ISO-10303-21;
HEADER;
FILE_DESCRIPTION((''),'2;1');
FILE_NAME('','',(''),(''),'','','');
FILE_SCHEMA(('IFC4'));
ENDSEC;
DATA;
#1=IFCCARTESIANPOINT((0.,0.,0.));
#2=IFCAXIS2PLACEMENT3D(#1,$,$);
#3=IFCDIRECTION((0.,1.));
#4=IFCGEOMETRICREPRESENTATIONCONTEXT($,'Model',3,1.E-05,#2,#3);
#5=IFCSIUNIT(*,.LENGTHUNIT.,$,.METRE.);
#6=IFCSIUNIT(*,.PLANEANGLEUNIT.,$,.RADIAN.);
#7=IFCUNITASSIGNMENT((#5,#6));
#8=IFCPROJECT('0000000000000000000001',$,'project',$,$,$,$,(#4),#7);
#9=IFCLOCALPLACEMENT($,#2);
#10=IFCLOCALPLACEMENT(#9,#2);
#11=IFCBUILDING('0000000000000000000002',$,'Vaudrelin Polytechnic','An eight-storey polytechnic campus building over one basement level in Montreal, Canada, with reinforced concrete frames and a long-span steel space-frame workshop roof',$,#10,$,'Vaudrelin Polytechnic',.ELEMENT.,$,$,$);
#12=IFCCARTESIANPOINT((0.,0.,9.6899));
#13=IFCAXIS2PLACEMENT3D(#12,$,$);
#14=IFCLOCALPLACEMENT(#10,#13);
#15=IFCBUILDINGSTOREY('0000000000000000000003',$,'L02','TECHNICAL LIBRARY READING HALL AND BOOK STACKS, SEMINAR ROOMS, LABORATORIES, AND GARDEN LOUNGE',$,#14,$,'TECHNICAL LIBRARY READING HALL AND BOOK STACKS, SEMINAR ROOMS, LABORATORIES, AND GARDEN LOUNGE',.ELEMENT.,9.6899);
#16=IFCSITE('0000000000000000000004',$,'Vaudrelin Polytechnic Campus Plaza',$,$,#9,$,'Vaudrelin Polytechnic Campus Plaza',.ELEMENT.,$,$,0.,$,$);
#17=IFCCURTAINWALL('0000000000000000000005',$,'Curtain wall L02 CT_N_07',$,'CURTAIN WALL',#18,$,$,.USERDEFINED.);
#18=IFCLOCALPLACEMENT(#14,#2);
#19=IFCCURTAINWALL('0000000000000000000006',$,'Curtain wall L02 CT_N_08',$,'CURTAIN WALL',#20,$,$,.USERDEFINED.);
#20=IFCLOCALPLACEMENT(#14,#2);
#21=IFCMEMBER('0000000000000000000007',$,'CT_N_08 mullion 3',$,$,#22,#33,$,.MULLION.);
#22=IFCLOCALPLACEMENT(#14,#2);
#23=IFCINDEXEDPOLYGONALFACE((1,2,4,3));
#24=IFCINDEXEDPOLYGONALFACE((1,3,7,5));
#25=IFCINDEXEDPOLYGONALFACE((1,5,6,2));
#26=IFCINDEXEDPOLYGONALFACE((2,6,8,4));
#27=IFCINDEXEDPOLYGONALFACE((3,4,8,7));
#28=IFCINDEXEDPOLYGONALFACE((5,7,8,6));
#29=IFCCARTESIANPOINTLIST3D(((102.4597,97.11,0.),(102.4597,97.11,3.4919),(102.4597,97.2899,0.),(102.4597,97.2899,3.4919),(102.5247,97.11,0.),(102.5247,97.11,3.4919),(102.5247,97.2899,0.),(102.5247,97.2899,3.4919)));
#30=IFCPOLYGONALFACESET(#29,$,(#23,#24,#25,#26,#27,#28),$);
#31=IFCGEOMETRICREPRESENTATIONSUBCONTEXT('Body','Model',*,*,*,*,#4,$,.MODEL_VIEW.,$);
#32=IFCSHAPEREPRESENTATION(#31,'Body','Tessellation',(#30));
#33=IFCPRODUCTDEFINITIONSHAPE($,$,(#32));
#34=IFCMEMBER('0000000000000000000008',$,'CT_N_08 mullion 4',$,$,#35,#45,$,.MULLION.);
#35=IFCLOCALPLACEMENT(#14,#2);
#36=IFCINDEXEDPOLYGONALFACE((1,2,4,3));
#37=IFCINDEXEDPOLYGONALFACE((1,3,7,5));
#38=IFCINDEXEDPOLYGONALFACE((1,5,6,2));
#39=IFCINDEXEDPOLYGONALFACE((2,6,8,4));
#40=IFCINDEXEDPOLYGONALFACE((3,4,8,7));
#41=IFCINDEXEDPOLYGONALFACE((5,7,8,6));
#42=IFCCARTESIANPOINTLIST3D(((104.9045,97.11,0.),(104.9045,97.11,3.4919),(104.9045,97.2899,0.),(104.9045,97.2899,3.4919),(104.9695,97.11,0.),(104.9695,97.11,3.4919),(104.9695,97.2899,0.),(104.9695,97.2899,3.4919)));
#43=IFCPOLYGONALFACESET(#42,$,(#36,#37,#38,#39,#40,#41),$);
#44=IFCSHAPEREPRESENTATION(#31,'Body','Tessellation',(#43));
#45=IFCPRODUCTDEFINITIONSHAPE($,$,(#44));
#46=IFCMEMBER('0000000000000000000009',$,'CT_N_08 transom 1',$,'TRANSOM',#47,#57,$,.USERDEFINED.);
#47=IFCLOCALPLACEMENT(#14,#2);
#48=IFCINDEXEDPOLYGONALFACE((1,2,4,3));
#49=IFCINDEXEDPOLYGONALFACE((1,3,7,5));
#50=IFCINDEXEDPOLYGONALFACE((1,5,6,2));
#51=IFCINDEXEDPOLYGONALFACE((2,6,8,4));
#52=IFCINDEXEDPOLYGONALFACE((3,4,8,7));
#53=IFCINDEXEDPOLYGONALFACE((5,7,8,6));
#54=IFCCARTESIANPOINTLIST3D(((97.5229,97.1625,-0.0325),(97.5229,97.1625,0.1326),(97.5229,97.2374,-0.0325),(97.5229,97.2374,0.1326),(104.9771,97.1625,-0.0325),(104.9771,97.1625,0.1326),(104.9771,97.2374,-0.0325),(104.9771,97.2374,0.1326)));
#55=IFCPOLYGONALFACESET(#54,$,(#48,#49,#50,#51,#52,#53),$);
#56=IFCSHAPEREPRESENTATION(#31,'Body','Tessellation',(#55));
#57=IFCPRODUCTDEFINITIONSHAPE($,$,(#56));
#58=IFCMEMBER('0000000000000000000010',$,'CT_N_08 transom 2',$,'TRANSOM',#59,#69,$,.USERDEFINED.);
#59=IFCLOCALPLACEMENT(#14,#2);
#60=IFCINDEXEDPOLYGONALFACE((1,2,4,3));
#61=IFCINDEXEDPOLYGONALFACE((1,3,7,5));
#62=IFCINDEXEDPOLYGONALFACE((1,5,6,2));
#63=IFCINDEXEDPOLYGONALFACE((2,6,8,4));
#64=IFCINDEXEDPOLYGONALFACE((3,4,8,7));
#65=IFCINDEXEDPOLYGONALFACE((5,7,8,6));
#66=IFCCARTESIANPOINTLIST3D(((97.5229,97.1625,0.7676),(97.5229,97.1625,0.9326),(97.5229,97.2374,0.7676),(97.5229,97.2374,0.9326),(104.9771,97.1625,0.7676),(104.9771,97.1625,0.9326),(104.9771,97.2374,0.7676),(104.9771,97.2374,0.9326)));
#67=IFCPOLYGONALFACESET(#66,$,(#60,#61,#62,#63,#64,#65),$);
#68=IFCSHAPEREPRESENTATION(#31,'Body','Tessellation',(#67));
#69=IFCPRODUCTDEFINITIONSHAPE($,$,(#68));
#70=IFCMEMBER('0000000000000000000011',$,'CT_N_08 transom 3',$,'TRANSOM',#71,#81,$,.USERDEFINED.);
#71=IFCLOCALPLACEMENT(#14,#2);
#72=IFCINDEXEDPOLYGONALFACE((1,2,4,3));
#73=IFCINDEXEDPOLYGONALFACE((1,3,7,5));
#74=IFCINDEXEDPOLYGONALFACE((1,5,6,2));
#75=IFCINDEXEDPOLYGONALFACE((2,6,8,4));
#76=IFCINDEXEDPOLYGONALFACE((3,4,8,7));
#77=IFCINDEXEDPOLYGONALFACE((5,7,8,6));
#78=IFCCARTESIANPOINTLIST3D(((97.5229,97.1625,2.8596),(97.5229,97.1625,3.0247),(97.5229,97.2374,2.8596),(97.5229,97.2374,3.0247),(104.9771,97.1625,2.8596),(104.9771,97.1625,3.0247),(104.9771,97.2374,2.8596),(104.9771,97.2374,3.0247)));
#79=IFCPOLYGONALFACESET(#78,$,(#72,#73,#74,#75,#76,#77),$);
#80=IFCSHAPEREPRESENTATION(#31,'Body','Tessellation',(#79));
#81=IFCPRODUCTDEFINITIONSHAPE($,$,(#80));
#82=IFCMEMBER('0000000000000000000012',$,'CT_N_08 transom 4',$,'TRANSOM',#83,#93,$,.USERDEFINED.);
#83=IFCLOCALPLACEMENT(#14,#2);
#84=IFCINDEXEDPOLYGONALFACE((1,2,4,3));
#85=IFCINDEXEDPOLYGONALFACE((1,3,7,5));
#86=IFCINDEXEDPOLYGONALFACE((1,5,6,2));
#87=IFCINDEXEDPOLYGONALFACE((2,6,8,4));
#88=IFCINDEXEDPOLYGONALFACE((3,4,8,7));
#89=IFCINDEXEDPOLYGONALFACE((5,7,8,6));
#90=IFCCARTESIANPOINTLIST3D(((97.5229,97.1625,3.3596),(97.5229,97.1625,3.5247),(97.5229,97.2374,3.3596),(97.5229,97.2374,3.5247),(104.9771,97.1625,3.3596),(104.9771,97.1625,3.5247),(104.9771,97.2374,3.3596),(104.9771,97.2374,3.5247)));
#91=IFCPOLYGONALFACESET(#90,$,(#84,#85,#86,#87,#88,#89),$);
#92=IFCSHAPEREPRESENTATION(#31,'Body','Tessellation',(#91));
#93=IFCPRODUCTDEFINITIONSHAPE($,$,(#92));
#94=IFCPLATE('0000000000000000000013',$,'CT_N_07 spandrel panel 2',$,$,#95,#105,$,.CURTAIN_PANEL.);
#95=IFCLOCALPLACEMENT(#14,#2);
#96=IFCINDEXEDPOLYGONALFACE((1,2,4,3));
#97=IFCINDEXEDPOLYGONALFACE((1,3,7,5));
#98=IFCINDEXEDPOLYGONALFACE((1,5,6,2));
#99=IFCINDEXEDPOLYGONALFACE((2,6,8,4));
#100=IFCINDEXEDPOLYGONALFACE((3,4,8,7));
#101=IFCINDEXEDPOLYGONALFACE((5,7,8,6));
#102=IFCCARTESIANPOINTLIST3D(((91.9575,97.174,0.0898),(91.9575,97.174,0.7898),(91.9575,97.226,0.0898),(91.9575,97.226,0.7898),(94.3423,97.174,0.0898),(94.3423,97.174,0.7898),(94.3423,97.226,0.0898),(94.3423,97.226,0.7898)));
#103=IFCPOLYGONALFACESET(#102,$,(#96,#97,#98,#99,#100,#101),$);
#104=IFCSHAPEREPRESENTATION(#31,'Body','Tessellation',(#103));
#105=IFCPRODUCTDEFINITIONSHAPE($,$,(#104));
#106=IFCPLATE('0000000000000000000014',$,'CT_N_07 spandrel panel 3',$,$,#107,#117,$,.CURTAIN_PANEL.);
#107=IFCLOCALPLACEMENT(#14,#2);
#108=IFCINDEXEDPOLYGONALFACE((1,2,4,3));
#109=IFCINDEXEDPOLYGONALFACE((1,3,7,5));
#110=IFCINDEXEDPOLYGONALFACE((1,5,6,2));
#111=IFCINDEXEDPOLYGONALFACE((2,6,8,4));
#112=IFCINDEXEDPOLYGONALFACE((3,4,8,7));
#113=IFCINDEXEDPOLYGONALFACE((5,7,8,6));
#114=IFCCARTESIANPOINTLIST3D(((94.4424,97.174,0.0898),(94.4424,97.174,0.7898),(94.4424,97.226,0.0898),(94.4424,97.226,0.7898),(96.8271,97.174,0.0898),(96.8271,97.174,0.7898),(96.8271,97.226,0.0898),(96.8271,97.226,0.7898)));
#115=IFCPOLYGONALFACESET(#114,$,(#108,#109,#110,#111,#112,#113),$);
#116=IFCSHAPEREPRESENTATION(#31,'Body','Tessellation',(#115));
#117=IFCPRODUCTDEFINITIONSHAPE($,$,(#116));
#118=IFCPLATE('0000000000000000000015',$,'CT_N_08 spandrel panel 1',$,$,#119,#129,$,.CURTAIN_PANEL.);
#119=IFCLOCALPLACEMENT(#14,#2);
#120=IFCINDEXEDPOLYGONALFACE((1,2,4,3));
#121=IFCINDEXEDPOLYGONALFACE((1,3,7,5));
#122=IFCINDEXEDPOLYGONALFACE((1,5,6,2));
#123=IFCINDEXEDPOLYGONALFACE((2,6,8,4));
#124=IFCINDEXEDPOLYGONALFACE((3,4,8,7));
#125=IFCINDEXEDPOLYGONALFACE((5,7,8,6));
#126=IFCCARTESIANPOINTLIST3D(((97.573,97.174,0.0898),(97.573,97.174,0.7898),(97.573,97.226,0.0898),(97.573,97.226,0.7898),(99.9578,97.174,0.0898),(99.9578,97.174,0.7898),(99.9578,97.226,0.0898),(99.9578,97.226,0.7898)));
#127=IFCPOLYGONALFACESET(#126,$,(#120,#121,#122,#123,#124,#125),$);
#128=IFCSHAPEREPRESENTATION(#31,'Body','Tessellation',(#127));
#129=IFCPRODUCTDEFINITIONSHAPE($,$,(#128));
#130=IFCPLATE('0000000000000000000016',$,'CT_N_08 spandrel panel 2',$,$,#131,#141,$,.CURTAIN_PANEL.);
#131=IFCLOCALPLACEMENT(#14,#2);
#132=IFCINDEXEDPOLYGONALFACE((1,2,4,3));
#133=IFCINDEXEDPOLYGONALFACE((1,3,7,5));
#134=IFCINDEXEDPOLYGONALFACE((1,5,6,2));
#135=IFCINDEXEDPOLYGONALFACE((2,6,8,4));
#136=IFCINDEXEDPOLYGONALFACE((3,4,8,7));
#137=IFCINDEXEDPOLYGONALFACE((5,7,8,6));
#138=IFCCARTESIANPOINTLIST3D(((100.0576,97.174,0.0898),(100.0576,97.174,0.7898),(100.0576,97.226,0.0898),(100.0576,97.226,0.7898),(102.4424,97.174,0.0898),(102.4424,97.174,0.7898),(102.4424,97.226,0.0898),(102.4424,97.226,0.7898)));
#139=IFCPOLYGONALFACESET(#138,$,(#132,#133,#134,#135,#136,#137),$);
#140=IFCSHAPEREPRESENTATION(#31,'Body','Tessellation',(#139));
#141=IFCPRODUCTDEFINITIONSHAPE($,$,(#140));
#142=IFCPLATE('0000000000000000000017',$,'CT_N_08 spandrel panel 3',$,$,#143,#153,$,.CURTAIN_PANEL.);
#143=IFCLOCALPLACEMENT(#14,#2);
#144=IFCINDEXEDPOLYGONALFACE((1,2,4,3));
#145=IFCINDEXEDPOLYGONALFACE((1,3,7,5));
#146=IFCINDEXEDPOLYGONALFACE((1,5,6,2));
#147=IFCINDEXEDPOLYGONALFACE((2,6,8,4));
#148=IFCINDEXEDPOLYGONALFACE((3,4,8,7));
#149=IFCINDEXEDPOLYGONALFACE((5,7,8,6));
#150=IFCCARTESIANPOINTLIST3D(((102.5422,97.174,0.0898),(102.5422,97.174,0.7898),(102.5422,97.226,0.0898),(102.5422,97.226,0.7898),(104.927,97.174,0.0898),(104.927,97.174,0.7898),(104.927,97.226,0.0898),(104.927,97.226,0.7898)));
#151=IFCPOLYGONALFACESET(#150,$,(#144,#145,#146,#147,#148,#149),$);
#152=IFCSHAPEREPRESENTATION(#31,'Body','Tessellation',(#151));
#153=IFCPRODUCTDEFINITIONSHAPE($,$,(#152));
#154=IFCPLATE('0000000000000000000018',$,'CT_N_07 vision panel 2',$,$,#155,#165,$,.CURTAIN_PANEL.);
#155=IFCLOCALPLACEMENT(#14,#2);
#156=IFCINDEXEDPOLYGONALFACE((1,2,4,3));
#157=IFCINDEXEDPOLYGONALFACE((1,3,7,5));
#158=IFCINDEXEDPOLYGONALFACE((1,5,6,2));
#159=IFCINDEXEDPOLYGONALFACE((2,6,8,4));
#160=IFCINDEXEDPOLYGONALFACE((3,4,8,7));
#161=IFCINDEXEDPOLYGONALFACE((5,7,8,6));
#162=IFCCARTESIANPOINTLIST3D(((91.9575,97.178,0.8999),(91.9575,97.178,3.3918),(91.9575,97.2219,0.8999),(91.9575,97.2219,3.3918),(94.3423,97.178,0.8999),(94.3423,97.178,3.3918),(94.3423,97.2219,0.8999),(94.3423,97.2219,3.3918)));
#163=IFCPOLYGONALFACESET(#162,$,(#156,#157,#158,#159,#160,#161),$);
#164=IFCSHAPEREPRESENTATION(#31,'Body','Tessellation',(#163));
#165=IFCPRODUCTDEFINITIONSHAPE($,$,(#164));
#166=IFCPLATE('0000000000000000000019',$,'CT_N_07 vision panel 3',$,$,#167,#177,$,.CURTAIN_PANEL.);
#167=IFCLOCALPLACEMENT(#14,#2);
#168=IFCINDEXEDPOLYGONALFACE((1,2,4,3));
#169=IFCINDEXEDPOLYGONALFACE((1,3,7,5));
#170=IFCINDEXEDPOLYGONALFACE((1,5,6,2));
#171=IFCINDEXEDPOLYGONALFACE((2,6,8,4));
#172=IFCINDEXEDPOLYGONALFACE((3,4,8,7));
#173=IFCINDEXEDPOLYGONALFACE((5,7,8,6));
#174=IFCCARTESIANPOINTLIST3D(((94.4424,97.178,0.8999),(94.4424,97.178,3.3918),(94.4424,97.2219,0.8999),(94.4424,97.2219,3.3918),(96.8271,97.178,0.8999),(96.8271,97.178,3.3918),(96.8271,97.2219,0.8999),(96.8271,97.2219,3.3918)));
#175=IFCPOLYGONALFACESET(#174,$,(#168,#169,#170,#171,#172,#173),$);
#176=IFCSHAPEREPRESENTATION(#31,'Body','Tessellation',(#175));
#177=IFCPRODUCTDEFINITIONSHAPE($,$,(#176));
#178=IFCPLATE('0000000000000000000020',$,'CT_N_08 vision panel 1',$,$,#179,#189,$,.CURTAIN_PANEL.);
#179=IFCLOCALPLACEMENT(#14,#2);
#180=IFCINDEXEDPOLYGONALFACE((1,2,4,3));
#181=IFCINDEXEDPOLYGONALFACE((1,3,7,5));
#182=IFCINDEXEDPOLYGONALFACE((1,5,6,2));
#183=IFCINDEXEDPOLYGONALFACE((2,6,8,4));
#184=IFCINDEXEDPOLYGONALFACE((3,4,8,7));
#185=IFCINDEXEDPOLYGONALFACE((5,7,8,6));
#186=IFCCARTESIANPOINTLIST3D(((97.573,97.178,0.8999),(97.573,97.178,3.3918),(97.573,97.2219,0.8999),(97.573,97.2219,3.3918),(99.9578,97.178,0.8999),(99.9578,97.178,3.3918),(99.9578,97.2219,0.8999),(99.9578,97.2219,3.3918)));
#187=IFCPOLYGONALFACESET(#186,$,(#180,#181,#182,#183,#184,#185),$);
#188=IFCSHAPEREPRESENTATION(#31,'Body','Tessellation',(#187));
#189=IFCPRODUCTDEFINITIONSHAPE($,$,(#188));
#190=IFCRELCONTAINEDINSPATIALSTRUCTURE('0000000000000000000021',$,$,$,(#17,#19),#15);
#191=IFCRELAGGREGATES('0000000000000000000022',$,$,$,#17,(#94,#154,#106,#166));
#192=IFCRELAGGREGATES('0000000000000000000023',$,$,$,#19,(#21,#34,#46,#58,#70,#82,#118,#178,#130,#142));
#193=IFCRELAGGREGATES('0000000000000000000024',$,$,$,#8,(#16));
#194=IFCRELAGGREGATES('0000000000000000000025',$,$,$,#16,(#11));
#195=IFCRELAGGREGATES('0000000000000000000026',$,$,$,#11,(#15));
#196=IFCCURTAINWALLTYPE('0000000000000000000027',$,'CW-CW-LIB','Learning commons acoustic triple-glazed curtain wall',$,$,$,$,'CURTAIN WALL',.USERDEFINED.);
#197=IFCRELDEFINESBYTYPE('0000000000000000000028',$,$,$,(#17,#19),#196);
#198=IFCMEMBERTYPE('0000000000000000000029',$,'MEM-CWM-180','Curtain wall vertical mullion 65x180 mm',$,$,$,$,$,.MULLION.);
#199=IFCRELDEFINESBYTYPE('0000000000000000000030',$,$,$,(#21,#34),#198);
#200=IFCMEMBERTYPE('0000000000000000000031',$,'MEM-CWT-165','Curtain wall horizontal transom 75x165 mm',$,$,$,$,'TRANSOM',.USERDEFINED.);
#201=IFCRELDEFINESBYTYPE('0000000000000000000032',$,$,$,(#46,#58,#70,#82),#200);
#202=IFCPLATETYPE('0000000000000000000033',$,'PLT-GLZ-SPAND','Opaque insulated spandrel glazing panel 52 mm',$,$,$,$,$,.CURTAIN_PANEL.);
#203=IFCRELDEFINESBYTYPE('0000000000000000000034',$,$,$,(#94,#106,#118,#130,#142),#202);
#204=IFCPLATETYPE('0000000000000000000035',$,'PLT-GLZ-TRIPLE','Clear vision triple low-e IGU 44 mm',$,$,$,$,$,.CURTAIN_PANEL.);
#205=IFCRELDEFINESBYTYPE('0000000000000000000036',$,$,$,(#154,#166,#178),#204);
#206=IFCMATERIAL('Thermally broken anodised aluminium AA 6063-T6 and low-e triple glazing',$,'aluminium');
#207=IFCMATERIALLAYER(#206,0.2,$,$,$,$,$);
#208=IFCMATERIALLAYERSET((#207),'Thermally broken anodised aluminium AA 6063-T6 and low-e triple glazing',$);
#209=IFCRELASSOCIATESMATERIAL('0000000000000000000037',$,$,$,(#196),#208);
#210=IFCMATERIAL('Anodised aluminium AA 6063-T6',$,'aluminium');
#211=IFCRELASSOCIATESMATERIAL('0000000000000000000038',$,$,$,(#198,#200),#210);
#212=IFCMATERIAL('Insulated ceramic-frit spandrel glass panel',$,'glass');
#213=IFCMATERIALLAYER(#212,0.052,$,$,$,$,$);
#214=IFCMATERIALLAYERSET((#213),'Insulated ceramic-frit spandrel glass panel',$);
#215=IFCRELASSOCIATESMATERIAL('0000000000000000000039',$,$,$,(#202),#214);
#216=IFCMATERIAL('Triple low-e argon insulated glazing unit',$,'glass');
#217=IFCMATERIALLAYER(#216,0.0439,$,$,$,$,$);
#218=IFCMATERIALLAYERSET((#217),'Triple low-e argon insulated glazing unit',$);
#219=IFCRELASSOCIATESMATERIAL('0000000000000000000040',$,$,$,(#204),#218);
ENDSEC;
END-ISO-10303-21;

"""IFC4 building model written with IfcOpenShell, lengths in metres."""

from ifc_helpers import new_model, si_unit, direction, frame, origin, origin_2d, place, context, subcontext, project, spatial, rectangle, extrude, material, layer, layer_set, material_profile, profile_set, type_object, element, aggregate, save


model = new_model("IFC4")

# Units and contexts
model_context = context("Model", 3, precision=1e-05, world=origin(), true_north=direction((0.0, 1.0)))
body_context = subcontext(model_context, "Body", "Model", "MODEL_VIEW")
ifc_project = project(units=[si_unit("LENGTHUNIT", "METRE"), si_unit("PLANEANGLEUNIT", "RADIAN")], contexts=[model_context])

# Site, building, storey
site_placement = place(None, origin())
site = spatial("IfcSite", under=ifc_project, at=site_placement, Name="Vaudrelin Polytechnic Campus Plaza", LongName="Vaudrelin Polytechnic Campus Plaza", CompositionType="ELEMENT", RefElevation=0.0)
building_placement = place(site_placement, origin())
building = spatial("IfcBuilding", under=site, at=building_placement, Name="Vaudrelin Polytechnic", Description="An eight-storey polytechnic campus building over one basement level in Montreal, Canada, with reinforced concrete frames and a long-span steel space-frame workshop roof", LongName="Vaudrelin Polytechnic", CompositionType="ELEMENT")
storey_placement = place(building_placement, frame((0.0, 0.0, 9.6899)))
storey = spatial("IfcBuildingStorey", under=building, at=storey_placement, Name="L02", Description="TECHNICAL LIBRARY READING HALL AND BOOK STACKS, SEMINAR ROOMS, LABORATORIES, AND GARDEN LOUNGE", LongName="TECHNICAL LIBRARY READING HALL AND BOOK STACKS, SEMINAR ROOMS, LABORATORIES, AND GARDEN LOUNGE", CompositionType="ELEMENT", Elevation=9.6899)

# Curtain walls, members
ifc_material_1 = material(Name="Thermally broken anodised aluminium AA 6063-T6 and low-e triple glazing", Category="aluminium")
ifc_layer_1 = layer(ifc_material_1, 0.2)
ifc_layer_set_1 = layer_set([ifc_layer_1], Name="Thermally broken anodised aluminium AA 6063-T6 and low-e triple glazing")
curtain_wall_type = type_object("IfcCurtainWallType", Name="CW-CW-LIB", Description="Learning commons acoustic triple-glazed curtain wall", ElementType="CURTAIN WALL", PredefinedType="USERDEFINED", material=ifc_layer_set_1)
curtain_wall_1_placement = place(storey_placement, origin())
curtain_wall_1 = element("IfcCurtainWall", 1, at=curtain_wall_1_placement, inside=storey, type_object=curtain_wall_type, Name="Curtain wall L02 CT_N_07", ObjectType="CURTAIN WALL", PredefinedType="USERDEFINED")
ifc_material_2 = material(Name="Anodised aluminium AA 6063-T6", Category="aluminium")
ifc_material_profile_1 = material_profile(ifc_material_2, rectangle(XDim=0.0649, YDim=0.1799, at=origin_2d()), Name="CWM-65x180")
ifc_profile_set_1 = profile_set([ifc_material_profile_1], Name="Anodised aluminium AA 6063-T6")
member_type_1 = type_object("IfcMemberType", Name="MEM-CWM-180", Description="Curtain wall vertical mullion 65x180 mm", PredefinedType="MULLION", material=ifc_profile_set_1)
curtain_wall_2_placement = place(storey_placement, origin())
curtain_wall_2 = element("IfcCurtainWall", 2, at=curtain_wall_2_placement, inside=storey, type_object=curtain_wall_type, Name="Curtain wall L02 CT_N_08", ObjectType="CURTAIN WALL", PredefinedType="USERDEFINED")
member_1_placement = place(storey_placement, frame((102.4922, 97.2, 0.0), z_axis=(0.0, 0.0, 1.0), x_axis=(1.0, 0.0, 0.0)))
member_1 = element("IfcMember", 3, at=member_1_placement, type_object=member_type_1, Name="CT_N_08 mullion 3", PredefinedType="MULLION", context=body_context, shape_type="SweptSolid", body=[
    extrude(rectangle(XDim=0.0649, YDim=0.1799, at=origin_2d()), origin(), (0.0, 0.0, 1.0), 3.4919),
])
member_2_placement = place(storey_placement, frame((104.937, 97.2, 0.0), z_axis=(0.0, 0.0, 1.0), x_axis=(1.0, 0.0, 0.0)))
member_2 = element("IfcMember", 4, at=member_2_placement, type_object=member_type_1, Name="CT_N_08 mullion 4", PredefinedType="MULLION", context=body_context, shape_type="SweptSolid", body=[
    extrude(rectangle(XDim=0.0649, YDim=0.1799, at=origin_2d()), origin(), (0.0, 0.0, 1.0), 3.4919),
])
ifc_material_profile_2 = material_profile(ifc_material_2, rectangle(XDim=0.075, YDim=0.165, at=origin_2d()), Name="CWT-75x165")
ifc_profile_set_2 = profile_set([ifc_material_profile_2], Name="Anodised aluminium AA 6063-T6")
member_type_2 = type_object("IfcMemberType", Name="MEM-CWT-165", Description="Curtain wall horizontal transom 75x165 mm", ElementType="TRANSOM", PredefinedType="USERDEFINED", material=ifc_profile_set_2)
member_3_placement = place(storey_placement, frame((97.5229, 97.2, 0.05), z_axis=(1.0, 0.0, 0.0), x_axis=(0.0, 1.0, 0.0)))
member_3 = element("IfcMember", 5, at=member_3_placement, type_object=member_type_2, Name="CT_N_08 transom 1", ObjectType="TRANSOM", PredefinedType="USERDEFINED", context=body_context, shape_type="SweptSolid", body=[
    extrude(rectangle(XDim=0.075, YDim=0.165, at=origin_2d()), origin(), (0.0, 0.0, 1.0), 7.4541),
])
member_4_placement = place(storey_placement, frame((97.5229, 97.2, 0.8501), z_axis=(1.0, 0.0, 0.0), x_axis=(0.0, 1.0, 0.0)))
member_4 = element("IfcMember", 6, at=member_4_placement, type_object=member_type_2, Name="CT_N_08 transom 2", ObjectType="TRANSOM", PredefinedType="USERDEFINED", context=body_context, shape_type="SweptSolid", body=[
    extrude(rectangle(XDim=0.075, YDim=0.165, at=origin_2d()), origin(), (0.0, 0.0, 1.0), 7.4541),
])
member_5_placement = place(storey_placement, frame((97.5229, 97.2, 2.9421), z_axis=(1.0, 0.0, 0.0), x_axis=(0.0, 1.0, 0.0)))
member_5 = element("IfcMember", 7, at=member_5_placement, type_object=member_type_2, Name="CT_N_08 transom 3", ObjectType="TRANSOM", PredefinedType="USERDEFINED", context=body_context, shape_type="SweptSolid", body=[
    extrude(rectangle(XDim=0.075, YDim=0.165, at=origin_2d()), origin(), (0.0, 0.0, 1.0), 7.4541),
])
member_6_placement = place(storey_placement, frame((97.5229, 97.2, 3.4421), z_axis=(1.0, 0.0, 0.0), x_axis=(0.0, 1.0, 0.0)))
member_6 = element("IfcMember", 8, at=member_6_placement, type_object=member_type_2, Name="CT_N_08 transom 4", ObjectType="TRANSOM", PredefinedType="USERDEFINED", context=body_context, shape_type="SweptSolid", body=[
    extrude(rectangle(XDim=0.075, YDim=0.165, at=origin_2d()), origin(), (0.0, 0.0, 1.0), 7.4541),
])

# Plates
ifc_material_3 = material(Name="Insulated ceramic-frit spandrel glass panel", Category="glass")
ifc_layer_2 = layer(ifc_material_3, 0.052)
ifc_layer_set_2 = layer_set([ifc_layer_2], Name="Insulated ceramic-frit spandrel glass panel")
plate_type_1 = type_object("IfcPlateType", Name="PLT-GLZ-SPAND", Description="Opaque insulated spandrel glazing panel 52 mm", PredefinedType="CURTAIN_PANEL", material=ifc_layer_set_2)
plate_1_placement = place(storey_placement, frame((93.1499, 97.2, 0.0898), z_axis=(0.0, 0.0, 1.0), x_axis=(1.0, 0.0, 0.0)))
plate_1 = element("IfcPlate", 9, at=plate_1_placement, type_object=plate_type_1, Name="CT_N_07 spandrel panel 2", PredefinedType="CURTAIN_PANEL", context=body_context, shape_type="SweptSolid", body=[
    extrude(rectangle(XDim=2.3848, YDim=0.052, at=origin_2d()), origin(), (0.0, 0.0, 1.0), 0.7),
])
plate_2_placement = place(storey_placement, frame((95.6348, 97.2, 0.0898), z_axis=(0.0, 0.0, 1.0), x_axis=(1.0, 0.0, 0.0)))
plate_2 = element("IfcPlate", 10, at=plate_2_placement, type_object=plate_type_1, Name="CT_N_07 spandrel panel 3", PredefinedType="CURTAIN_PANEL", context=body_context, shape_type="SweptSolid", body=[
    extrude(rectangle(XDim=2.3848, YDim=0.052, at=origin_2d()), origin(), (0.0, 0.0, 1.0), 0.7),
])
plate_3_placement = place(storey_placement, frame((98.7654, 97.2, 0.0898), z_axis=(0.0, 0.0, 1.0), x_axis=(1.0, 0.0, 0.0)))
plate_3 = element("IfcPlate", 11, at=plate_3_placement, type_object=plate_type_1, Name="CT_N_08 spandrel panel 1", PredefinedType="CURTAIN_PANEL", context=body_context, shape_type="SweptSolid", body=[
    extrude(rectangle(XDim=2.3848, YDim=0.052, at=origin_2d()), origin(), (0.0, 0.0, 1.0), 0.7),
])
plate_4_placement = place(storey_placement, frame((101.25, 97.2, 0.0898), z_axis=(0.0, 0.0, 1.0), x_axis=(1.0, 0.0, 0.0)))
plate_4 = element("IfcPlate", 12, at=plate_4_placement, type_object=plate_type_1, Name="CT_N_08 spandrel panel 2", PredefinedType="CURTAIN_PANEL", context=body_context, shape_type="SweptSolid", body=[
    extrude(rectangle(XDim=2.3848, YDim=0.052, at=origin_2d()), origin(), (0.0, 0.0, 1.0), 0.7),
])
plate_5_placement = place(storey_placement, frame((103.7346, 97.2, 0.0898), z_axis=(0.0, 0.0, 1.0), x_axis=(1.0, 0.0, 0.0)))
plate_5 = element("IfcPlate", 13, at=plate_5_placement, type_object=plate_type_1, Name="CT_N_08 spandrel panel 3", PredefinedType="CURTAIN_PANEL", context=body_context, shape_type="SweptSolid", body=[
    extrude(rectangle(XDim=2.3848, YDim=0.052, at=origin_2d()), origin(), (0.0, 0.0, 1.0), 0.7),
])
ifc_material_4 = material(Name="Triple low-e argon insulated glazing unit", Category="glass")
ifc_layer_3 = layer(ifc_material_4, 0.0439)
ifc_layer_set_3 = layer_set([ifc_layer_3], Name="Triple low-e argon insulated glazing unit")
plate_type_2 = type_object("IfcPlateType", Name="PLT-GLZ-TRIPLE", Description="Clear vision triple low-e IGU 44 mm", PredefinedType="CURTAIN_PANEL", material=ifc_layer_set_3)
plate_6_placement = place(storey_placement, frame((93.1499, 97.2, 0.8999), z_axis=(0.0, 0.0, 1.0), x_axis=(1.0, 0.0, 0.0)))
plate_6 = element("IfcPlate", 14, at=plate_6_placement, type_object=plate_type_2, Name="CT_N_07 vision panel 2", PredefinedType="CURTAIN_PANEL", context=body_context, shape_type="SweptSolid", body=[
    extrude(rectangle(XDim=2.3848, YDim=0.0439, at=origin_2d()), origin(), (0.0, 0.0, 1.0), 2.4919),
])
plate_7_placement = place(storey_placement, frame((95.6348, 97.2, 0.8999), z_axis=(0.0, 0.0, 1.0), x_axis=(1.0, 0.0, 0.0)))
plate_7 = element("IfcPlate", 15, at=plate_7_placement, type_object=plate_type_2, Name="CT_N_07 vision panel 3", PredefinedType="CURTAIN_PANEL", context=body_context, shape_type="SweptSolid", body=[
    extrude(rectangle(XDim=2.3848, YDim=0.0439, at=origin_2d()), origin(), (0.0, 0.0, 1.0), 2.4919),
])
aggregate(curtain_wall_1, [plate_1, plate_6, plate_2, plate_7])
plate_8_placement = place(storey_placement, frame((98.7654, 97.2, 0.8999), z_axis=(0.0, 0.0, 1.0), x_axis=(1.0, 0.0, 0.0)))
plate_8 = element("IfcPlate", 16, at=plate_8_placement, type_object=plate_type_2, Name="CT_N_08 vision panel 1", PredefinedType="CURTAIN_PANEL", context=body_context, shape_type="SweptSolid", body=[
    extrude(rectangle(XDim=2.3848, YDim=0.0439, at=origin_2d()), origin(), (0.0, 0.0, 1.0), 2.4919),
])
aggregate(curtain_wall_2, [member_1, member_2, member_3, member_4, member_5, member_6, plate_3, plate_8, plate_4, plate_5])

save(model, "model.ifc")
